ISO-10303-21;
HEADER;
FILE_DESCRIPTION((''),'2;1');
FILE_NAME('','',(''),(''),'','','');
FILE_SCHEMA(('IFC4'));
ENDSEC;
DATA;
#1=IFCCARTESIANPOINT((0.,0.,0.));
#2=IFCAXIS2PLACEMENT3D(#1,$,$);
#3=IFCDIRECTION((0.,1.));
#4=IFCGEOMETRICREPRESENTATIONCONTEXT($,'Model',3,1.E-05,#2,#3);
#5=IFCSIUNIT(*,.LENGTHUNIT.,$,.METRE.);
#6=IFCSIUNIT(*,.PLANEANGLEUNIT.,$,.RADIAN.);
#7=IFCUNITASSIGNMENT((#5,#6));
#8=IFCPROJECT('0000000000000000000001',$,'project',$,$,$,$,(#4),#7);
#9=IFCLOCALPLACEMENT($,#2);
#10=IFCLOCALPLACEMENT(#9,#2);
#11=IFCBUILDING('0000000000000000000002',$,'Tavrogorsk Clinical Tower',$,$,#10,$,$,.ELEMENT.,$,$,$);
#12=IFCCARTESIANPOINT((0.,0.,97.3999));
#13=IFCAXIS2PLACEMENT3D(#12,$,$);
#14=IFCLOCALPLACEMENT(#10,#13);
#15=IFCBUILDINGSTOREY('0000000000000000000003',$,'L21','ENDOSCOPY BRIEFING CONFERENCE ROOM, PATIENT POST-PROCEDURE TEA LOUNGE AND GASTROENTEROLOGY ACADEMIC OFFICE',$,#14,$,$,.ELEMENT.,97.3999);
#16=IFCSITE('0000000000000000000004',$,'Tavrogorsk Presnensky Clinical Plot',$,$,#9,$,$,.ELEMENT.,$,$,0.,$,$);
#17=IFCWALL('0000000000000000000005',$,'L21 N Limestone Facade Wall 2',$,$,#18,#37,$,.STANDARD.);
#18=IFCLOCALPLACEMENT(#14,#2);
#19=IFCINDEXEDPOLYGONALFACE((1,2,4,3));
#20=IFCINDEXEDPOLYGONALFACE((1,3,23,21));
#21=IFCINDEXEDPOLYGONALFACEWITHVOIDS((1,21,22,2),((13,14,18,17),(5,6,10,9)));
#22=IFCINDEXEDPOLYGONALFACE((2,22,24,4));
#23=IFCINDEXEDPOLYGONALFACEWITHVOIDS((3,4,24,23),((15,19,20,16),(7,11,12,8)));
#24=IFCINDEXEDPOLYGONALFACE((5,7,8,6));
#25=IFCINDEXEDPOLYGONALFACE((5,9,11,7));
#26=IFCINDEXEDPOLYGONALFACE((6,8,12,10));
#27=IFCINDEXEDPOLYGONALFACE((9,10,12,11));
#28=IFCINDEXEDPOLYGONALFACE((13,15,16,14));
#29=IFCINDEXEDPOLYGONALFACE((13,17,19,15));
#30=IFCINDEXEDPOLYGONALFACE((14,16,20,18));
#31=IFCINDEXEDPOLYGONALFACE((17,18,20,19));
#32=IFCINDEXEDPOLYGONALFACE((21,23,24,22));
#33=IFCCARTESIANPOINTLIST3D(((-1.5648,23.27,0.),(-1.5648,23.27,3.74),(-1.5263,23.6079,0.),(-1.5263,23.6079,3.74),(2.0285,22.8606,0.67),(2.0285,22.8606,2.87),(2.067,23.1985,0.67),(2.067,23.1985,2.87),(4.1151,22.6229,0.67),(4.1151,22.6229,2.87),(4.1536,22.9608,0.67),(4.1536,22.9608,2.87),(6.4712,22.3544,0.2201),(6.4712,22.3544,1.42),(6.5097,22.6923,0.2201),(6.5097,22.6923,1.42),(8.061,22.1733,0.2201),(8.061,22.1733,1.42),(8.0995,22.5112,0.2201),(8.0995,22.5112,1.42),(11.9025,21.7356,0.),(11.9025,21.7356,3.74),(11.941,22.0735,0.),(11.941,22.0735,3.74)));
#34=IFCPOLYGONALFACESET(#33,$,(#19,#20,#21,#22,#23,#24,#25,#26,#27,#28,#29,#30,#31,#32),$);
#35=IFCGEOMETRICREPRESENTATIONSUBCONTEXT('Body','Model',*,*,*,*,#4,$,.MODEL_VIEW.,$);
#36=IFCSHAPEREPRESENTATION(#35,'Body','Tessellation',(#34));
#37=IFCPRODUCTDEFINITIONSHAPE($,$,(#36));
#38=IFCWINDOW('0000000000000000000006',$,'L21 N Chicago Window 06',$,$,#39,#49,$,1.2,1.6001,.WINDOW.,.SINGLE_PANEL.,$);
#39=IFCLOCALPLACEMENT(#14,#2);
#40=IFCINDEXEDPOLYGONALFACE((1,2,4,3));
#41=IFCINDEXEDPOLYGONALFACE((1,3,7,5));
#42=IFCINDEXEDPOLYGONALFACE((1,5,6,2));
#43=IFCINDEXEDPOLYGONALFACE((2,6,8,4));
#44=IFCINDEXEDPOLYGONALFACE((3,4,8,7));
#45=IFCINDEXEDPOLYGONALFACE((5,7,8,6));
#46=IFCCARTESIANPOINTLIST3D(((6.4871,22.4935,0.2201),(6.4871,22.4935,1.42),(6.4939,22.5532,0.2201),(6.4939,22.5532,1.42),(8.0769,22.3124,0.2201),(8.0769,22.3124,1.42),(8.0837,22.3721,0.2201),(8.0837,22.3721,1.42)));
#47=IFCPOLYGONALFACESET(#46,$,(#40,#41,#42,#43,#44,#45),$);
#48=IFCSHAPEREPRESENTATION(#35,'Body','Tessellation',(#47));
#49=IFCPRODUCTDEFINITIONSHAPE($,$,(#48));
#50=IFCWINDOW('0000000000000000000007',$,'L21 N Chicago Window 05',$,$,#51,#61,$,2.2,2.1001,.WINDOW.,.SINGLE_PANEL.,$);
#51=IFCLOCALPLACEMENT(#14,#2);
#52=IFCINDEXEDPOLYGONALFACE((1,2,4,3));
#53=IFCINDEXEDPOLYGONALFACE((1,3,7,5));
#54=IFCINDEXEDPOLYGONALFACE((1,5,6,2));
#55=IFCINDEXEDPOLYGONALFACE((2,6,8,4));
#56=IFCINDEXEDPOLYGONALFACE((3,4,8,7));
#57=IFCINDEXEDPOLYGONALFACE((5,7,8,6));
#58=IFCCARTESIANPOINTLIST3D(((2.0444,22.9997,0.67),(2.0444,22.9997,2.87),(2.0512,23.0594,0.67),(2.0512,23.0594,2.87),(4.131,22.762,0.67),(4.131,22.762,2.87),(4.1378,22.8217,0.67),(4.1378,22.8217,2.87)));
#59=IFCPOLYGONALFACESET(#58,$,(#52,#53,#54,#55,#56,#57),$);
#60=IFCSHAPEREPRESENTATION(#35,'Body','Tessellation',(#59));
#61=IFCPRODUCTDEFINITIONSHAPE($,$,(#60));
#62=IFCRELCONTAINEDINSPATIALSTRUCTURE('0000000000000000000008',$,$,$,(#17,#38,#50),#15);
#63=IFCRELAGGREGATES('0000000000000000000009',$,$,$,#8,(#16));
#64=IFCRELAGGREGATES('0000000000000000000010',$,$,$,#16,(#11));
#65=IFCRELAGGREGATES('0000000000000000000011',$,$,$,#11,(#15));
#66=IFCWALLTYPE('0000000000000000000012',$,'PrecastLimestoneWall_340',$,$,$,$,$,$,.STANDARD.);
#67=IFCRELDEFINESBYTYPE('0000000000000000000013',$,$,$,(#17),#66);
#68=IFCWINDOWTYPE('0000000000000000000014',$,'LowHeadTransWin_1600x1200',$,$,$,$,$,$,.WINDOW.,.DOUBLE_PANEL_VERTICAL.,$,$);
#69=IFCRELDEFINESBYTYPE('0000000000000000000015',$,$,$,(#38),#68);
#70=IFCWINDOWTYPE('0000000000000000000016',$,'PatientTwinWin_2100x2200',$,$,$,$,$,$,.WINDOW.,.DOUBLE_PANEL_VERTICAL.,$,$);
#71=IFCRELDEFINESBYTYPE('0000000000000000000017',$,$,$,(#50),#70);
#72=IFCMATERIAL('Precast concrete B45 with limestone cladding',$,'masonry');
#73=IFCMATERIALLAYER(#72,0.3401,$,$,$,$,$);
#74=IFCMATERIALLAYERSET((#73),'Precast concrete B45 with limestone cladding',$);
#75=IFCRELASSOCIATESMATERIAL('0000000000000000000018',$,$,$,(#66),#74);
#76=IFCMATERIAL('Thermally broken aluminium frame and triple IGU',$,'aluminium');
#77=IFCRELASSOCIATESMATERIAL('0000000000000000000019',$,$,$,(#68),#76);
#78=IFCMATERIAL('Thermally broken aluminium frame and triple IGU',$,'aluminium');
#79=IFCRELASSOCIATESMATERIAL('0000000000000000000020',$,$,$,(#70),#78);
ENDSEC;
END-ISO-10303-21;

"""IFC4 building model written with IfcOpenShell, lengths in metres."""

from ifc_helpers import new_model, si_unit, direction, frame, frame_2d, origin, place, context, subcontext, project, spatial, rectangle, extrude, material, layer, layer_set, type_object, element, fill, save


model = new_model("IFC4")

# Units and contexts
model_context = context("Model", 3, precision=1e-05, world=origin(), true_north=direction((0.0, 1.0)))
body_context = subcontext(model_context, "Body", "Model", "MODEL_VIEW")
ifc_project = project(units=[si_unit("LENGTHUNIT", "METRE"), si_unit("PLANEANGLEUNIT", "RADIAN")], contexts=[model_context])

# Site, building, storey
site_placement = place(None, origin())
site = spatial("IfcSite", under=ifc_project, at=site_placement, Name="Tavrogorsk Presnensky Clinical Plot", CompositionType="ELEMENT", RefElevation=0.0)
building_placement = place(site_placement, origin())
building = spatial("IfcBuilding", under=site, at=building_placement, Name="Tavrogorsk Clinical Tower", CompositionType="ELEMENT")
storey_placement = place(building_placement, frame((0.0, 0.0, 97.3999)))
storey = spatial("IfcBuildingStorey", under=building, at=storey_placement, Name="L21", Description="ENDOSCOPY BRIEFING CONFERENCE ROOM, PATIENT POST-PROCEDURE TEA LOUNGE AND GASTROENTEROLOGY ACADEMIC OFFICE", CompositionType="ELEMENT", Elevation=97.3999)

# Wall, openings, windows
ifc_material_1 = material(Name="Precast concrete B45 with limestone cladding", Category="masonry")
ifc_layer_1 = layer(ifc_material_1, 0.3401)
ifc_layer_set_1 = layer_set([ifc_layer_1], Name="Precast concrete B45 with limestone cladding")
wall_type_1 = type_object("IfcWallType", Name="PrecastLimestoneWall_340", PredefinedType="STANDARD", material=ifc_layer_set_1)
wall_1_placement = place(storey_placement, frame((11.9219, 21.9045, 0.0), z_axis=(0.0, 0.0, 1.0), x_axis=(-0.993572, 0.113205, 0.0)))
wall_1 = element("IfcWall", 1, at=wall_1_placement, inside=storey, type_object=wall_type_1, Name="L21 N Limestone Facade Wall 2", PredefinedType="STANDARD", context=body_context, shape_type="SweptSolid", body=[
    extrude(rectangle(XDim=13.5544, YDim=0.3401, at=frame_2d((6.7773, 0.0))), origin(), (0.0, 0.0, 1.0), 3.74),
])
opening_1_placement = place(wall_1_placement, frame((7.8379, 0.0, 0.6699)))
opening_1 = element("IfcOpeningElement", 2, at=opening_1_placement, cuts=wall_1, PredefinedType="OPENING", context=body_context, shape_type="SweptSolid", body=[
    extrude(rectangle(XDim=2.1001, YDim=2.2, at=frame_2d((1.05, 1.1001))), frame((0.0, 0.1799, 0.0), z_axis=(0.0, -1.0, 0.0), x_axis=(1.0, 0.0, 0.0)), (0.0, 0.0, 1.0), 0.3601),
])
opening_2_placement = place(wall_1_placement, frame((3.8665, 0.0, 0.22)))
opening_2 = element("IfcOpeningElement", 3, at=opening_2_placement, cuts=wall_1, PredefinedType="OPENING", context=body_context, shape_type="SweptSolid", body=[
    extrude(rectangle(XDim=1.6001, YDim=1.2, at=frame_2d((0.8, 0.6001))), frame((0.0, 0.1799, 0.0), z_axis=(0.0, -1.0, 0.0), x_axis=(1.0, 0.0, 0.0)), (0.0, 0.0, 1.0), 0.3601),
])
ifc_material_2 = material(Name="Thermally broken aluminium frame and triple IGU", Category="aluminium")
window_type_1 = type_object("IfcWindowType", Name="LowHeadTransWin_1600x1200", PartitioningType="DOUBLE_PANEL_VERTICAL", PredefinedType="WINDOW", material=ifc_material_2)
window_1_placement = place(opening_2_placement, origin())
window_1 = element("IfcWindow", 4, at=window_1_placement, inside=storey, type_object=window_type_1, Name="L21 N Chicago Window 06", OverallHeight=1.2, OverallWidth=1.6001, PartitioningType="SINGLE_PANEL", PredefinedType="WINDOW", context=body_context, shape_type="SweptSolid", body=[
    extrude(rectangle(XDim=1.6001, YDim=1.2, at=frame_2d((0.8, 0.6001))), frame((0.0, 0.03, 0.0), z_axis=(0.0, -1.0, 0.0), x_axis=(1.0, 0.0, 0.0)), (0.0, 0.0, 1.0), 0.0601),
])
fill(opening_2, window_1)
ifc_material_3 = material(Name="Thermally broken aluminium frame and triple IGU", Category="aluminium")
window_type_2 = type_object("IfcWindowType", Name="PatientTwinWin_2100x2200", PartitioningType="DOUBLE_PANEL_VERTICAL", PredefinedType="WINDOW", material=ifc_material_3)
window_2_placement = place(opening_1_placement, origin())
window_2 = element("IfcWindow", 5, at=window_2_placement, inside=storey, type_object=window_type_2, Name="L21 N Chicago Window 05", OverallHeight=2.2, OverallWidth=2.1001, PartitioningType="SINGLE_PANEL", PredefinedType="WINDOW", context=body_context, shape_type="SweptSolid", body=[
    extrude(rectangle(XDim=2.1001, YDim=2.2, at=frame_2d((1.05, 1.1001))), frame((0.0, 0.03, 0.0), z_axis=(0.0, -1.0, 0.0), x_axis=(1.0, 0.0, 0.0)), (0.0, 0.0, 1.0), 0.0601),
])
fill(opening_1, window_2)

save(model, "model.ifc")
